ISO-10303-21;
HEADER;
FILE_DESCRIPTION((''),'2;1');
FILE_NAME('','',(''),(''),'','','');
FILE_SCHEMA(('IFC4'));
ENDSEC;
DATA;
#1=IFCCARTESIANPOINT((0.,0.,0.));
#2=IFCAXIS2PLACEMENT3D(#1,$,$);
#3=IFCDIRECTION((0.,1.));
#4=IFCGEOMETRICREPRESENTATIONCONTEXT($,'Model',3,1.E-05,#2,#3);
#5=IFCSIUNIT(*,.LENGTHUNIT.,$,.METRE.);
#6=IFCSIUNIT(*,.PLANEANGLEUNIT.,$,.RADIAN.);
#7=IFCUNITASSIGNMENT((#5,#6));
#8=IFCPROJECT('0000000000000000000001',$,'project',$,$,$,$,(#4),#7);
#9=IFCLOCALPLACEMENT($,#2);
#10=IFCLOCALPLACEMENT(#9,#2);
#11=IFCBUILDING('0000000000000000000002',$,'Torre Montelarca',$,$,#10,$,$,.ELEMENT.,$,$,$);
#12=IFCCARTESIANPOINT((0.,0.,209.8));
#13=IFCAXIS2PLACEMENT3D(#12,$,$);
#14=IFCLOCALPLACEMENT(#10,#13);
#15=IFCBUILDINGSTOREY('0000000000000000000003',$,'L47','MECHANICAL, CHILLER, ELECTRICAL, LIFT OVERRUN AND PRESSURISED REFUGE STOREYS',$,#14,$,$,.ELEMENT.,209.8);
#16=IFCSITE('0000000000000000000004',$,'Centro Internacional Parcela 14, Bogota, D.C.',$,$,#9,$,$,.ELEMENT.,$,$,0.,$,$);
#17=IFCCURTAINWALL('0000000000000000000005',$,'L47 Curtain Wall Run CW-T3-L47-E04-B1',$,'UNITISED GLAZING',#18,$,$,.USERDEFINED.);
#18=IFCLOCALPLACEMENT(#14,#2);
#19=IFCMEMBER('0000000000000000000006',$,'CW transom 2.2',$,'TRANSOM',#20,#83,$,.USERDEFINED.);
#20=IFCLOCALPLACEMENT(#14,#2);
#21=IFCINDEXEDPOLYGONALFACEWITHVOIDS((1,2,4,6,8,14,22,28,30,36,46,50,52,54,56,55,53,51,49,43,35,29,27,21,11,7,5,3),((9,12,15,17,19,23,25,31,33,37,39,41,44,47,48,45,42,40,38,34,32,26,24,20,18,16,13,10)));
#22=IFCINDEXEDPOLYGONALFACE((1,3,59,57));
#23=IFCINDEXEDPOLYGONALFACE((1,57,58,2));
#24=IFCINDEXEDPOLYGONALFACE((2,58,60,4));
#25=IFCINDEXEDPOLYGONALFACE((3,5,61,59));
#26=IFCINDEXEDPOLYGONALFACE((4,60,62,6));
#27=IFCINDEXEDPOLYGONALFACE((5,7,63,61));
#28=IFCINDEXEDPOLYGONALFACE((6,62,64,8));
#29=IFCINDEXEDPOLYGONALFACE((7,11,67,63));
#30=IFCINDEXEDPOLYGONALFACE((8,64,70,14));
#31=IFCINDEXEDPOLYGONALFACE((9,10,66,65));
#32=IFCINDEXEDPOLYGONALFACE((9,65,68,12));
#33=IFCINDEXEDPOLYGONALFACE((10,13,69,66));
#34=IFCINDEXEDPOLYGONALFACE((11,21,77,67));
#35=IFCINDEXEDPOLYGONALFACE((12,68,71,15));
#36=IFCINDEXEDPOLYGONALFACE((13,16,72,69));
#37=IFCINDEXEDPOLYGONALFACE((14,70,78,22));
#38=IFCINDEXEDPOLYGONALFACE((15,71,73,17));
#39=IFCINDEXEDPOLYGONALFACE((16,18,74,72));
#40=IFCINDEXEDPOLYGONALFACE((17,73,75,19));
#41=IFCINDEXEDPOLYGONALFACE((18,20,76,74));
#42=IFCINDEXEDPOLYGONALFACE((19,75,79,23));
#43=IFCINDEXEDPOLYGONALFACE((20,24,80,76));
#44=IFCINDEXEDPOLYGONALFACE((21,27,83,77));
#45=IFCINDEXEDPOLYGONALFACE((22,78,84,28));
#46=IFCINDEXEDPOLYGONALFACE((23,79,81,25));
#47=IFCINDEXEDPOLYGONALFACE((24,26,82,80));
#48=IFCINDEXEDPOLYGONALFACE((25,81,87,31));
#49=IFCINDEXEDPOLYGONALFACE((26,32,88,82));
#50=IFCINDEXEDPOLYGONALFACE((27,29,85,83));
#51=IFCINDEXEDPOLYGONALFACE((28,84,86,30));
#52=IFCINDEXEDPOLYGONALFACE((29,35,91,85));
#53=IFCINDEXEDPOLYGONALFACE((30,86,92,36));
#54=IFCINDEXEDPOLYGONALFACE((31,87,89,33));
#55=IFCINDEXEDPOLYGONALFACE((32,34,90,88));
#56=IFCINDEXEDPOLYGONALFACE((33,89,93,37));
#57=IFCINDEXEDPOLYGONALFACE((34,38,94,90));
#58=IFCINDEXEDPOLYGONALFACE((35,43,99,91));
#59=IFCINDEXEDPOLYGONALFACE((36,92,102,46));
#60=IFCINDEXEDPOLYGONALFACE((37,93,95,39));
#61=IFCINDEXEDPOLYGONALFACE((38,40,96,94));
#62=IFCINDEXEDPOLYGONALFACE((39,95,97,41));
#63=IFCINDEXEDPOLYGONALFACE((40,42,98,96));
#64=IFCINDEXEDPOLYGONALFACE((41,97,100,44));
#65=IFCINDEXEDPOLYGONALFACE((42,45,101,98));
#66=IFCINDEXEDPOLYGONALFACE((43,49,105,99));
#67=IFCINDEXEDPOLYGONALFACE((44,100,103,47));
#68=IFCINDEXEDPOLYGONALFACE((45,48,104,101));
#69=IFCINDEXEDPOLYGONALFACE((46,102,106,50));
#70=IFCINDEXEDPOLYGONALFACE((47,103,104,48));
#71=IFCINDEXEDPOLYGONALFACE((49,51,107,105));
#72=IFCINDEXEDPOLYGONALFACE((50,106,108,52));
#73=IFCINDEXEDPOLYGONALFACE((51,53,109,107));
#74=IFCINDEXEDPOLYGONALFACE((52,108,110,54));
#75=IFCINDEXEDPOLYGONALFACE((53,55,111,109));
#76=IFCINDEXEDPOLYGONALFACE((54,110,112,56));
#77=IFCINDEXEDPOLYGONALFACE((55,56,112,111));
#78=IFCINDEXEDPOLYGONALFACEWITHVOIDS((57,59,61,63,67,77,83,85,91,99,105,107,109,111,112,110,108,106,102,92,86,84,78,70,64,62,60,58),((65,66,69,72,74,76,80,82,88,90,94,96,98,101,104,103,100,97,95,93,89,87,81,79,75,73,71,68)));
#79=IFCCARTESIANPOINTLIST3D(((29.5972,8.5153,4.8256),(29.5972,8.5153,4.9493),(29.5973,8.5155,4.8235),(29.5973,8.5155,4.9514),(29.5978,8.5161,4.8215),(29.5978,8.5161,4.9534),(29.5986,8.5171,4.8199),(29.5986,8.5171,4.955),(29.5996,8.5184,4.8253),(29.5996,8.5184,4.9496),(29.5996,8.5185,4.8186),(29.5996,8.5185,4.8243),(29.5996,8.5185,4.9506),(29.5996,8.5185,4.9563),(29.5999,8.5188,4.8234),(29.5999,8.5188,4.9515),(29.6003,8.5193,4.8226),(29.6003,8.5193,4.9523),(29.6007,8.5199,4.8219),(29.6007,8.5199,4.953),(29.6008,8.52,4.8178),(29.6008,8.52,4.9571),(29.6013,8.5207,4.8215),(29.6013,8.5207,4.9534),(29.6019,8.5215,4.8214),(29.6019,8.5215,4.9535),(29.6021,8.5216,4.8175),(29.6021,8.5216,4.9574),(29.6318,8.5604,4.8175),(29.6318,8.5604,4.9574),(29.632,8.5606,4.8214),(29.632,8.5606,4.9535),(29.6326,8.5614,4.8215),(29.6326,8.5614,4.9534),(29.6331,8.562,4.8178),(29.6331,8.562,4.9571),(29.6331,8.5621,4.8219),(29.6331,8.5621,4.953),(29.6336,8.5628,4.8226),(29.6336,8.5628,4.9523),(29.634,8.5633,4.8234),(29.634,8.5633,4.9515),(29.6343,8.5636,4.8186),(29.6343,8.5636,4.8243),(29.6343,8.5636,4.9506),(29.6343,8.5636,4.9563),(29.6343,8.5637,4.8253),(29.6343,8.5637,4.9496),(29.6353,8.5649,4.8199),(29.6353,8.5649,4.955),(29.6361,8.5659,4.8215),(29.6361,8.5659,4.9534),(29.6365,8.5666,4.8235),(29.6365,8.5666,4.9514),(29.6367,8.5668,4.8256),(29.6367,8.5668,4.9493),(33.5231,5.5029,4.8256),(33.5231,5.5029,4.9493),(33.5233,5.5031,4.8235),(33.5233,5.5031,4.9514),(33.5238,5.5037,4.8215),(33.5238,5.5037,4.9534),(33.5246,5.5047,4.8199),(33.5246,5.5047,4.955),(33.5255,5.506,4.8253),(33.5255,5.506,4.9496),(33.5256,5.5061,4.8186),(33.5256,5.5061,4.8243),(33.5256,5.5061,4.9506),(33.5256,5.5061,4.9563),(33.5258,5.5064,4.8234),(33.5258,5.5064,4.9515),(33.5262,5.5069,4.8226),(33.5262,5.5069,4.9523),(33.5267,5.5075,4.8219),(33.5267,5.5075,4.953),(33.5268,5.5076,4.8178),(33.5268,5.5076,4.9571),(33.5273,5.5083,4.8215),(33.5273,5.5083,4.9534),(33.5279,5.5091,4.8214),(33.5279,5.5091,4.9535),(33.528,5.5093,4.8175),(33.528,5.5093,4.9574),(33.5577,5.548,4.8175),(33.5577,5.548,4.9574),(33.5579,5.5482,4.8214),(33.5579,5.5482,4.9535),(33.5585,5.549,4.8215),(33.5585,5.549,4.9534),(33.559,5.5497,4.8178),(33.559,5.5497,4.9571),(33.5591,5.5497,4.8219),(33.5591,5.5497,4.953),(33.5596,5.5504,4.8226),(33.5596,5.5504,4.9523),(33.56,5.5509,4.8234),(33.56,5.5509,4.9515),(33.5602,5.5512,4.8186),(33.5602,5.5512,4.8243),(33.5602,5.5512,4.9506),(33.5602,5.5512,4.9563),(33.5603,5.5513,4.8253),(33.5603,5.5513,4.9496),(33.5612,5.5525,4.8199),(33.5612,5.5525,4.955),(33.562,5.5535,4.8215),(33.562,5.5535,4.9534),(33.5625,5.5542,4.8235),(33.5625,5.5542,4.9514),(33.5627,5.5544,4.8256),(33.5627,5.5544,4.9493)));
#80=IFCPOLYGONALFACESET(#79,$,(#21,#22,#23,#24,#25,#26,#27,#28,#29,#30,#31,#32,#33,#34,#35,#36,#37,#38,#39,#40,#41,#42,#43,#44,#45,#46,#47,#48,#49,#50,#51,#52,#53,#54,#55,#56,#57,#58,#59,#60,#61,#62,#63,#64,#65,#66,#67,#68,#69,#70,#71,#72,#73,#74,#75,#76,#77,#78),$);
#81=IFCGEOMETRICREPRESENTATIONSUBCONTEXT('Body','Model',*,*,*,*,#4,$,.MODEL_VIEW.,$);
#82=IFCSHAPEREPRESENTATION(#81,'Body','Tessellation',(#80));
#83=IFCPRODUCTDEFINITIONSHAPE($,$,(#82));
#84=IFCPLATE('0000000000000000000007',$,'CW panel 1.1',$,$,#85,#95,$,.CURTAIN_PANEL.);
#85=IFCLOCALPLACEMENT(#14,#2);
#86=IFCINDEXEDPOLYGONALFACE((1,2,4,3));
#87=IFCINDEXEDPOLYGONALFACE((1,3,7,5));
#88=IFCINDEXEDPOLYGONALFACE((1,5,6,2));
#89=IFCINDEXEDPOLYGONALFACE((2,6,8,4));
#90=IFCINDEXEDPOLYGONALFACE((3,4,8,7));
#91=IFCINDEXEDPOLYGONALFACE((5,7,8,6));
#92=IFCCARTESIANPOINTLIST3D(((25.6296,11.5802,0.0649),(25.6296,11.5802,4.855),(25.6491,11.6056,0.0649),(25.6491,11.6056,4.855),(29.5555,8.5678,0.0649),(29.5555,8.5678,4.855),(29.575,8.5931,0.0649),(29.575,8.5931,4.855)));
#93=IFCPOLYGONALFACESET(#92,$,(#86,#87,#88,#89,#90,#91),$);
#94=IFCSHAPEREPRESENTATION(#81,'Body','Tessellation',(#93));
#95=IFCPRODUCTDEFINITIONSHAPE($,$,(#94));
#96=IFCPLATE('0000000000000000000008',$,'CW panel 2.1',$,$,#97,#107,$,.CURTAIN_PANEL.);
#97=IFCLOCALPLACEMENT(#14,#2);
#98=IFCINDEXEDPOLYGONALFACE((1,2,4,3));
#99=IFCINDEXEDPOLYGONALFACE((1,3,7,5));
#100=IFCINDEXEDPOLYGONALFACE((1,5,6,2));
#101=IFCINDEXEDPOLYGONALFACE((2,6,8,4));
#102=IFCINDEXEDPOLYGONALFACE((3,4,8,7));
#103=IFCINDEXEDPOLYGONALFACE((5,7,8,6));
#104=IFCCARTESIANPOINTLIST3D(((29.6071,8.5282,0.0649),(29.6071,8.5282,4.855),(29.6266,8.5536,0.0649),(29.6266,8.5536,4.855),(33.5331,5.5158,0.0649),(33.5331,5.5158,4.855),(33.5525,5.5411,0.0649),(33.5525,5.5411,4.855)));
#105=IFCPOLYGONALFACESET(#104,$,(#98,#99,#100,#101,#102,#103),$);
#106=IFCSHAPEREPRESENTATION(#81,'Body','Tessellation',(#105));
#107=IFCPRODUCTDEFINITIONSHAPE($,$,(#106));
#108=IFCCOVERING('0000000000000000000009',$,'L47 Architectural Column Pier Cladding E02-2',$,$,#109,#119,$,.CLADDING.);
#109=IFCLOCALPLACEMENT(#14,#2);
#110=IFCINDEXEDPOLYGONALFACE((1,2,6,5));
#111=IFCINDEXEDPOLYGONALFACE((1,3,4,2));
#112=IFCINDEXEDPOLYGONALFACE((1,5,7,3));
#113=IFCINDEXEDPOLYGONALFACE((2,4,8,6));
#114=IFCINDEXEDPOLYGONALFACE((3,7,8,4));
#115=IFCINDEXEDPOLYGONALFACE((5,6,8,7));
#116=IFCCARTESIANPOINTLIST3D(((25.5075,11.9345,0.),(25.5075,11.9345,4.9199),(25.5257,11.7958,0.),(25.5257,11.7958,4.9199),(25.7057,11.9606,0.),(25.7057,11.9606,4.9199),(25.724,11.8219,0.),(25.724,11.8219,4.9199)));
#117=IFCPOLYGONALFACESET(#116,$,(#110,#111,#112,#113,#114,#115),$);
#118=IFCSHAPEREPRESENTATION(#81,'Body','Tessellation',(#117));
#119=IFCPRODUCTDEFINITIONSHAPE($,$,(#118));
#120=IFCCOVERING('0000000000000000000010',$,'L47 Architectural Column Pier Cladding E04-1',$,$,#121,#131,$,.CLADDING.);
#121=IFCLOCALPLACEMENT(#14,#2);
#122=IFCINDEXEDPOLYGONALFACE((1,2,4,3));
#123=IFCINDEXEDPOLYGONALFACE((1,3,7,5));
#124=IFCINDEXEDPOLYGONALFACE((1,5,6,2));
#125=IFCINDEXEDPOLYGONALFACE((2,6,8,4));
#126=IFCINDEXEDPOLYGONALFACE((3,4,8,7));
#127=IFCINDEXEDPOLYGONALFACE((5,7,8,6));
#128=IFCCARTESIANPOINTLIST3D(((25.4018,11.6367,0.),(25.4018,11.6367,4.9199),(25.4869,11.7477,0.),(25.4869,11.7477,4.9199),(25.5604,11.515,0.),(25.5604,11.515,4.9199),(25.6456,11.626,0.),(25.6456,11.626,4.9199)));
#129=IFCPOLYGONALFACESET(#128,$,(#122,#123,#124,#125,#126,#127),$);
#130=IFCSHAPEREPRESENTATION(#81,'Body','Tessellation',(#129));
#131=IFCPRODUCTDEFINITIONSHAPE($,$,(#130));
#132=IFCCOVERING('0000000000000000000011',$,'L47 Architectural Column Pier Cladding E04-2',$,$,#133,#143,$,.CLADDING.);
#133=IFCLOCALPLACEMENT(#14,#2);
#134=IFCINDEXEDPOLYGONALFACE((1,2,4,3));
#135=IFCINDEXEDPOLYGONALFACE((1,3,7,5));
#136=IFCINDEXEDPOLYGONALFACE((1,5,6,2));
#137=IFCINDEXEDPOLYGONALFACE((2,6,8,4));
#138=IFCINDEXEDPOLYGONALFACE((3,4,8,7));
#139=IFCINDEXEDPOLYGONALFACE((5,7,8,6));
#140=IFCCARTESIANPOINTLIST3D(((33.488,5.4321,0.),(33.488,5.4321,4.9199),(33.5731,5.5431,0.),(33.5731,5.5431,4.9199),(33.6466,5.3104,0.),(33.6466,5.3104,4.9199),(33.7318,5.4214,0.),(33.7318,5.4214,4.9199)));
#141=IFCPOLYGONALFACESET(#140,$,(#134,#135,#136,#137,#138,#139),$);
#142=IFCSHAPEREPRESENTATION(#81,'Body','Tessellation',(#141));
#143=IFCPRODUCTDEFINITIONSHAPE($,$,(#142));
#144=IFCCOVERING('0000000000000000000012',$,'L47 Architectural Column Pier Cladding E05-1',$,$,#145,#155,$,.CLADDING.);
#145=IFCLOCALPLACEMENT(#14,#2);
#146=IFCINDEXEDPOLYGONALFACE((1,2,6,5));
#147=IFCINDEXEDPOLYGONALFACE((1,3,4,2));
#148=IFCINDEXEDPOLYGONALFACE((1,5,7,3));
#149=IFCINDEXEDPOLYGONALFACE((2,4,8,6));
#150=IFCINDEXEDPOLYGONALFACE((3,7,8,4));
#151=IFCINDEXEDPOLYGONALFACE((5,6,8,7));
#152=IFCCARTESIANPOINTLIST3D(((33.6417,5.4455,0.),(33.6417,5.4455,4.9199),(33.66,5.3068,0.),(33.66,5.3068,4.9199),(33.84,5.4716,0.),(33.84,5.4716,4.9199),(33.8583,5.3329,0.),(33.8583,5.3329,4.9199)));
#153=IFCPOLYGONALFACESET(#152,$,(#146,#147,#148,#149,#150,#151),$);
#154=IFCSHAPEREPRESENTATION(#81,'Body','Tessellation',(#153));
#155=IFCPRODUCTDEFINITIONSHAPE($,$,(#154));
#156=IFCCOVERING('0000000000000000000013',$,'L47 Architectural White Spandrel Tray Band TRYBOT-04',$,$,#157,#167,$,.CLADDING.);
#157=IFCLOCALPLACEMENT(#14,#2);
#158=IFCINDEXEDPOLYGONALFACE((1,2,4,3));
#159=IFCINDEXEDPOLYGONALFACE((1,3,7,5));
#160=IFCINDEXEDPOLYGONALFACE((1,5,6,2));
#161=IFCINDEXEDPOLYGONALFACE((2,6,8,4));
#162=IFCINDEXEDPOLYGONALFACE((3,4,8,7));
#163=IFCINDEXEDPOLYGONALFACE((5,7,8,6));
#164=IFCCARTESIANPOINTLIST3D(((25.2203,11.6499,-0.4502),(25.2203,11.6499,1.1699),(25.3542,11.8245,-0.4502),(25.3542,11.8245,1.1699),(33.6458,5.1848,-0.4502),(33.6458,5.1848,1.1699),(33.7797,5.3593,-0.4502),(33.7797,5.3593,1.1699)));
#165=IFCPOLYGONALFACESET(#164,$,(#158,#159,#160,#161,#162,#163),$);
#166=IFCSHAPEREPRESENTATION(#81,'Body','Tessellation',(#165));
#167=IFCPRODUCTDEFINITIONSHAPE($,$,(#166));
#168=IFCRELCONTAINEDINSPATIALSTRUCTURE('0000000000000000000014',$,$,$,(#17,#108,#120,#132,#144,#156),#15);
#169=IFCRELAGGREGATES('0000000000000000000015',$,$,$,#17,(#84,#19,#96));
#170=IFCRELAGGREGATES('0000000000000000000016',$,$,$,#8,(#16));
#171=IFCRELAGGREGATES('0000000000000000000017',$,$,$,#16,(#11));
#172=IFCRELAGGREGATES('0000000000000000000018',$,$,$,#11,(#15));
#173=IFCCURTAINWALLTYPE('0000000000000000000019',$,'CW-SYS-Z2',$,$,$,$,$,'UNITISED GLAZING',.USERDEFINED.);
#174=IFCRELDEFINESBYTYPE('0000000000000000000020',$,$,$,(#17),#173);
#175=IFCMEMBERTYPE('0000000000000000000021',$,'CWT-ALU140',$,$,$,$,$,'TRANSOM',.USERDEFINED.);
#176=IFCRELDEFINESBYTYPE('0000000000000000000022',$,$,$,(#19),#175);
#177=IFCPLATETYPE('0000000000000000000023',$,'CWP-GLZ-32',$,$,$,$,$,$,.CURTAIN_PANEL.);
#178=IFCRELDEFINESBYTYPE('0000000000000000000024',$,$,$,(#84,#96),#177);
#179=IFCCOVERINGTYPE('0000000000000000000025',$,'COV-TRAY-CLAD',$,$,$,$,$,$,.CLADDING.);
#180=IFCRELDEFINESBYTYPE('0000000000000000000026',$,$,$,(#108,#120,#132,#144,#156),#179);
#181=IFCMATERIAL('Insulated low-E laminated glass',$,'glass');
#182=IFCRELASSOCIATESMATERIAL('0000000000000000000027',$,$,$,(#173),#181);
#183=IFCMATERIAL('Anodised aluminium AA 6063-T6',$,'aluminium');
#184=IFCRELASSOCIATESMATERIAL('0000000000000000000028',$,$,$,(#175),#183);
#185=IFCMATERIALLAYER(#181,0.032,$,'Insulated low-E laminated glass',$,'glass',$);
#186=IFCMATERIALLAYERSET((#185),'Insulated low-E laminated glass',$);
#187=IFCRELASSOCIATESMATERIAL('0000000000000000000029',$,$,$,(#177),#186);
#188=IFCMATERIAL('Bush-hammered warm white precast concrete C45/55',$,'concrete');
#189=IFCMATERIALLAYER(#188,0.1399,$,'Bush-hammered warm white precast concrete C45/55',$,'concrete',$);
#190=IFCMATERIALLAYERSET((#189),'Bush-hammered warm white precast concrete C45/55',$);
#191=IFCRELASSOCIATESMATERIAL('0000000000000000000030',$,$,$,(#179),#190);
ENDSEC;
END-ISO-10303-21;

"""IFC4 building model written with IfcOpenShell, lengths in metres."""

from ifc_helpers import new_model, si_unit, direction, frame, origin, origin_2d, place, context, subcontext, project, spatial, rectangle, hollow_rectangle, extrude, source, transform, mapped, material, layer, layer_set, material_profile, profile_set, type_object, element, aggregate, save


model = new_model("IFC4")

# Units and contexts
model_context = context("Model", 3, precision=1e-05, world=origin(), true_north=direction((0.0, 1.0)))
body_context = subcontext(model_context, "Body", "Model", "MODEL_VIEW")
ifc_project = project(units=[si_unit("LENGTHUNIT", "METRE"), si_unit("PLANEANGLEUNIT", "RADIAN")], contexts=[model_context])

# Site, building, storey
site_placement = place(None, origin())
site = spatial("IfcSite", under=ifc_project, at=site_placement, Name="Centro Internacional Parcela 14, Bogota, D.C.", CompositionType="ELEMENT", RefElevation=0.0)
building_placement = place(site_placement, origin())
building = spatial("IfcBuilding", under=site, at=building_placement, Name="Torre Montelarca", CompositionType="ELEMENT")
storey_placement = place(building_placement, frame((0.0, 0.0, 209.8)))
storey = spatial("IfcBuildingStorey", under=building, at=storey_placement, Name="L47", Description="MECHANICAL, CHILLER, ELECTRICAL, LIFT OVERRUN AND PRESSURISED REFUGE STOREYS", CompositionType="ELEMENT", Elevation=209.8)

# Shared definitions
ifc_material_1 = material(Name="Insulated low-E laminated glass", Category="glass")
curtain_wall_type = type_object("IfcCurtainWallType", Name="CW-SYS-Z2", ElementType="UNITISED GLAZING", PredefinedType="USERDEFINED", material=ifc_material_1)
ifc_material_2 = material(Name="Anodised aluminium AA 6063-T6", Category="aluminium")
ifc_material_profile_1 = material_profile(ifc_material_2, hollow_rectangle(XDim=0.0649, YDim=0.1399, WallThickness=0.0039, InnerFilletRadius=0.0039, OuterFilletRadius=0.0081, at=origin_2d()), Name="ALU65X140X4", Category="aluminium")
ifc_profile_set_1 = profile_set([ifc_material_profile_1], Name="Anodised aluminium AA 6063-T6")
member_type_1 = type_object("IfcMemberType", Name="CWT-ALU140", ElementType="TRANSOM", PredefinedType="USERDEFINED", material=ifc_profile_set_1)

# Curtain wall
curtain_wall_1_placement = place(storey_placement, origin())
curtain_wall_1 = element("IfcCurtainWall", 1, at=curtain_wall_1_placement, inside=storey, type_object=curtain_wall_type, Name="L47 Curtain Wall Run CW-T3-L47-E04-B1", ObjectType="UNITISED GLAZING", PredefinedType="USERDEFINED")

# Member
shared_shape_1 = source(origin(), body_context, "Body", "SweptSolid", [
    extrude(hollow_rectangle(XDim=0.0649, YDim=0.1399, WallThickness=0.0039, InnerFilletRadius=0.0039, OuterFilletRadius=0.0081, at=origin_2d()), origin(), (0.0, 0.0, 1.0), 4.9485),
])
member_1_placement = place(storey_placement, frame((29.6169, 8.541, 4.8875), z_axis=(0.793363, -0.608749, 0.0), x_axis=(0.608749, 0.793363, 0.0)))
member_1 = element("IfcMember", 2, at=member_1_placement, type_object=member_type_1, Name="CW transom 2.2", ObjectType="TRANSOM", PredefinedType="USERDEFINED", context=body_context, shape_type="MappedRepresentation", body=[
    mapped(shared_shape_1, transform((0.0, 0.0, 0.0), scale=1.0)),
])

# Plates
ifc_layer_1 = layer(ifc_material_1, 0.032, Name="Insulated low-E laminated glass", Category="glass")
ifc_layer_set_1 = layer_set([ifc_layer_1], Name="Insulated low-E laminated glass")
plate_type = type_object("IfcPlateType", Name="CWP-GLZ-32", PredefinedType="CURTAIN_PANEL", material=ifc_layer_set_1)
shared_shape_2 = source(origin(), body_context, "Body", "SweptSolid", [
    extrude(rectangle(XDim=4.9485, YDim=0.032, at=origin_2d()), origin(), (0.0, 0.0, 1.0), 4.79),
])
plate_1_placement = place(storey_placement, frame((27.6023, 10.0867, 0.0649), z_axis=(0.0, 0.0, 1.0), x_axis=(0.793356, -0.608758, 0.0)))
plate_1 = element("IfcPlate", 3, at=plate_1_placement, type_object=plate_type, Name="CW panel 1.1", PredefinedType="CURTAIN_PANEL", context=body_context, shape_type="MappedRepresentation", body=[
    mapped(shared_shape_2, transform((0.0, 0.0, 0.0), scale=1.0)),
])
plate_2_placement = place(storey_placement, frame((31.5798, 7.0347, 0.0649), z_axis=(0.0, 0.0, 1.0), x_axis=(0.793356, -0.608758, 0.0)))
plate_2 = element("IfcPlate", 4, at=plate_2_placement, type_object=plate_type, Name="CW panel 2.1", PredefinedType="CURTAIN_PANEL", context=body_context, shape_type="MappedRepresentation", body=[
    mapped(shared_shape_2, transform((0.0, 0.0, 0.0), scale=1.0)),
])
aggregate(curtain_wall_1, [plate_1, member_1, plate_2])

# Coverings
ifc_material_3 = material(Name="Bush-hammered warm white precast concrete C45/55", Category="concrete")
ifc_layer_2 = layer(ifc_material_3, 0.1399, Name="Bush-hammered warm white precast concrete C45/55", Category="concrete")
ifc_layer_set_2 = layer_set([ifc_layer_2], Name="Bush-hammered warm white precast concrete C45/55")
covering_type = type_object("IfcCoveringType", Name="COV-TRAY-CLAD", PredefinedType="CLADDING", material=ifc_layer_set_2)
shared_shape_3 = source(origin(), body_context, "Body", "SweptSolid", [
    extrude(rectangle(XDim=0.2, YDim=0.1399, at=origin_2d()), origin(), (0.0, 0.0, 1.0), 4.9199),
])
for number, where, z_axis, x_axis, name in (
    (5, (25.6157, 11.8782, 0.0), (0.0, 0.0, 1.0), (0.991447, 0.130512, 0.0), "L47 Architectural Column Pier Cladding E02-2"),
    (6, (25.5237, 11.6313, 0.0), (0.0, 0.0, 1.0), (0.793351, -0.608764, 0.0), "L47 Architectural Column Pier Cladding E04-1"),
    (7, (33.6099, 5.4268, 0.0), (0.0, 0.0, 1.0), (0.793351, -0.608764, 0.0), "L47 Architectural Column Pier Cladding E04-2"),
    (8, (33.75, 5.3892, 0.0), (0.0, 0.0, 1.0), (0.991444, 0.13053, 0.0), "L47 Architectural Column Pier Cladding E05-1"),
):
    element("IfcCovering", number, at=place(storey_placement, frame(where, z_axis=z_axis, x_axis=x_axis)), inside=storey, type_object=covering_type, Name=name, PredefinedType="CLADDING", context=body_context, shape_type="MappedRepresentation", body=[
        mapped(shared_shape_3, transform((0.0, 0.0, 0.0), scale=1.0)),
    ])
shared_shape_4 = source(origin(), body_context, "Body", "SweptSolid", [
    extrude(rectangle(XDim=10.6201, YDim=0.22, at=origin_2d()), origin(), (0.0, 0.0, 1.0), 1.6201),
])
covering_placement = place(storey_placement, frame((29.5, 8.5046, -0.4502), z_axis=(0.0, 0.0, 1.0), x_axis=(0.793352, -0.608763, 0.0)))
element("IfcCovering", 9, at=covering_placement, inside=storey, type_object=covering_type, Name="L47 Architectural White Spandrel Tray Band TRYBOT-04", PredefinedType="CLADDING", context=body_context, shape_type="MappedRepresentation", body=[
    mapped(shared_shape_4, transform((0.0, 0.0, 0.0), scale=1.0)),
])

save(model, "model.ifc")
